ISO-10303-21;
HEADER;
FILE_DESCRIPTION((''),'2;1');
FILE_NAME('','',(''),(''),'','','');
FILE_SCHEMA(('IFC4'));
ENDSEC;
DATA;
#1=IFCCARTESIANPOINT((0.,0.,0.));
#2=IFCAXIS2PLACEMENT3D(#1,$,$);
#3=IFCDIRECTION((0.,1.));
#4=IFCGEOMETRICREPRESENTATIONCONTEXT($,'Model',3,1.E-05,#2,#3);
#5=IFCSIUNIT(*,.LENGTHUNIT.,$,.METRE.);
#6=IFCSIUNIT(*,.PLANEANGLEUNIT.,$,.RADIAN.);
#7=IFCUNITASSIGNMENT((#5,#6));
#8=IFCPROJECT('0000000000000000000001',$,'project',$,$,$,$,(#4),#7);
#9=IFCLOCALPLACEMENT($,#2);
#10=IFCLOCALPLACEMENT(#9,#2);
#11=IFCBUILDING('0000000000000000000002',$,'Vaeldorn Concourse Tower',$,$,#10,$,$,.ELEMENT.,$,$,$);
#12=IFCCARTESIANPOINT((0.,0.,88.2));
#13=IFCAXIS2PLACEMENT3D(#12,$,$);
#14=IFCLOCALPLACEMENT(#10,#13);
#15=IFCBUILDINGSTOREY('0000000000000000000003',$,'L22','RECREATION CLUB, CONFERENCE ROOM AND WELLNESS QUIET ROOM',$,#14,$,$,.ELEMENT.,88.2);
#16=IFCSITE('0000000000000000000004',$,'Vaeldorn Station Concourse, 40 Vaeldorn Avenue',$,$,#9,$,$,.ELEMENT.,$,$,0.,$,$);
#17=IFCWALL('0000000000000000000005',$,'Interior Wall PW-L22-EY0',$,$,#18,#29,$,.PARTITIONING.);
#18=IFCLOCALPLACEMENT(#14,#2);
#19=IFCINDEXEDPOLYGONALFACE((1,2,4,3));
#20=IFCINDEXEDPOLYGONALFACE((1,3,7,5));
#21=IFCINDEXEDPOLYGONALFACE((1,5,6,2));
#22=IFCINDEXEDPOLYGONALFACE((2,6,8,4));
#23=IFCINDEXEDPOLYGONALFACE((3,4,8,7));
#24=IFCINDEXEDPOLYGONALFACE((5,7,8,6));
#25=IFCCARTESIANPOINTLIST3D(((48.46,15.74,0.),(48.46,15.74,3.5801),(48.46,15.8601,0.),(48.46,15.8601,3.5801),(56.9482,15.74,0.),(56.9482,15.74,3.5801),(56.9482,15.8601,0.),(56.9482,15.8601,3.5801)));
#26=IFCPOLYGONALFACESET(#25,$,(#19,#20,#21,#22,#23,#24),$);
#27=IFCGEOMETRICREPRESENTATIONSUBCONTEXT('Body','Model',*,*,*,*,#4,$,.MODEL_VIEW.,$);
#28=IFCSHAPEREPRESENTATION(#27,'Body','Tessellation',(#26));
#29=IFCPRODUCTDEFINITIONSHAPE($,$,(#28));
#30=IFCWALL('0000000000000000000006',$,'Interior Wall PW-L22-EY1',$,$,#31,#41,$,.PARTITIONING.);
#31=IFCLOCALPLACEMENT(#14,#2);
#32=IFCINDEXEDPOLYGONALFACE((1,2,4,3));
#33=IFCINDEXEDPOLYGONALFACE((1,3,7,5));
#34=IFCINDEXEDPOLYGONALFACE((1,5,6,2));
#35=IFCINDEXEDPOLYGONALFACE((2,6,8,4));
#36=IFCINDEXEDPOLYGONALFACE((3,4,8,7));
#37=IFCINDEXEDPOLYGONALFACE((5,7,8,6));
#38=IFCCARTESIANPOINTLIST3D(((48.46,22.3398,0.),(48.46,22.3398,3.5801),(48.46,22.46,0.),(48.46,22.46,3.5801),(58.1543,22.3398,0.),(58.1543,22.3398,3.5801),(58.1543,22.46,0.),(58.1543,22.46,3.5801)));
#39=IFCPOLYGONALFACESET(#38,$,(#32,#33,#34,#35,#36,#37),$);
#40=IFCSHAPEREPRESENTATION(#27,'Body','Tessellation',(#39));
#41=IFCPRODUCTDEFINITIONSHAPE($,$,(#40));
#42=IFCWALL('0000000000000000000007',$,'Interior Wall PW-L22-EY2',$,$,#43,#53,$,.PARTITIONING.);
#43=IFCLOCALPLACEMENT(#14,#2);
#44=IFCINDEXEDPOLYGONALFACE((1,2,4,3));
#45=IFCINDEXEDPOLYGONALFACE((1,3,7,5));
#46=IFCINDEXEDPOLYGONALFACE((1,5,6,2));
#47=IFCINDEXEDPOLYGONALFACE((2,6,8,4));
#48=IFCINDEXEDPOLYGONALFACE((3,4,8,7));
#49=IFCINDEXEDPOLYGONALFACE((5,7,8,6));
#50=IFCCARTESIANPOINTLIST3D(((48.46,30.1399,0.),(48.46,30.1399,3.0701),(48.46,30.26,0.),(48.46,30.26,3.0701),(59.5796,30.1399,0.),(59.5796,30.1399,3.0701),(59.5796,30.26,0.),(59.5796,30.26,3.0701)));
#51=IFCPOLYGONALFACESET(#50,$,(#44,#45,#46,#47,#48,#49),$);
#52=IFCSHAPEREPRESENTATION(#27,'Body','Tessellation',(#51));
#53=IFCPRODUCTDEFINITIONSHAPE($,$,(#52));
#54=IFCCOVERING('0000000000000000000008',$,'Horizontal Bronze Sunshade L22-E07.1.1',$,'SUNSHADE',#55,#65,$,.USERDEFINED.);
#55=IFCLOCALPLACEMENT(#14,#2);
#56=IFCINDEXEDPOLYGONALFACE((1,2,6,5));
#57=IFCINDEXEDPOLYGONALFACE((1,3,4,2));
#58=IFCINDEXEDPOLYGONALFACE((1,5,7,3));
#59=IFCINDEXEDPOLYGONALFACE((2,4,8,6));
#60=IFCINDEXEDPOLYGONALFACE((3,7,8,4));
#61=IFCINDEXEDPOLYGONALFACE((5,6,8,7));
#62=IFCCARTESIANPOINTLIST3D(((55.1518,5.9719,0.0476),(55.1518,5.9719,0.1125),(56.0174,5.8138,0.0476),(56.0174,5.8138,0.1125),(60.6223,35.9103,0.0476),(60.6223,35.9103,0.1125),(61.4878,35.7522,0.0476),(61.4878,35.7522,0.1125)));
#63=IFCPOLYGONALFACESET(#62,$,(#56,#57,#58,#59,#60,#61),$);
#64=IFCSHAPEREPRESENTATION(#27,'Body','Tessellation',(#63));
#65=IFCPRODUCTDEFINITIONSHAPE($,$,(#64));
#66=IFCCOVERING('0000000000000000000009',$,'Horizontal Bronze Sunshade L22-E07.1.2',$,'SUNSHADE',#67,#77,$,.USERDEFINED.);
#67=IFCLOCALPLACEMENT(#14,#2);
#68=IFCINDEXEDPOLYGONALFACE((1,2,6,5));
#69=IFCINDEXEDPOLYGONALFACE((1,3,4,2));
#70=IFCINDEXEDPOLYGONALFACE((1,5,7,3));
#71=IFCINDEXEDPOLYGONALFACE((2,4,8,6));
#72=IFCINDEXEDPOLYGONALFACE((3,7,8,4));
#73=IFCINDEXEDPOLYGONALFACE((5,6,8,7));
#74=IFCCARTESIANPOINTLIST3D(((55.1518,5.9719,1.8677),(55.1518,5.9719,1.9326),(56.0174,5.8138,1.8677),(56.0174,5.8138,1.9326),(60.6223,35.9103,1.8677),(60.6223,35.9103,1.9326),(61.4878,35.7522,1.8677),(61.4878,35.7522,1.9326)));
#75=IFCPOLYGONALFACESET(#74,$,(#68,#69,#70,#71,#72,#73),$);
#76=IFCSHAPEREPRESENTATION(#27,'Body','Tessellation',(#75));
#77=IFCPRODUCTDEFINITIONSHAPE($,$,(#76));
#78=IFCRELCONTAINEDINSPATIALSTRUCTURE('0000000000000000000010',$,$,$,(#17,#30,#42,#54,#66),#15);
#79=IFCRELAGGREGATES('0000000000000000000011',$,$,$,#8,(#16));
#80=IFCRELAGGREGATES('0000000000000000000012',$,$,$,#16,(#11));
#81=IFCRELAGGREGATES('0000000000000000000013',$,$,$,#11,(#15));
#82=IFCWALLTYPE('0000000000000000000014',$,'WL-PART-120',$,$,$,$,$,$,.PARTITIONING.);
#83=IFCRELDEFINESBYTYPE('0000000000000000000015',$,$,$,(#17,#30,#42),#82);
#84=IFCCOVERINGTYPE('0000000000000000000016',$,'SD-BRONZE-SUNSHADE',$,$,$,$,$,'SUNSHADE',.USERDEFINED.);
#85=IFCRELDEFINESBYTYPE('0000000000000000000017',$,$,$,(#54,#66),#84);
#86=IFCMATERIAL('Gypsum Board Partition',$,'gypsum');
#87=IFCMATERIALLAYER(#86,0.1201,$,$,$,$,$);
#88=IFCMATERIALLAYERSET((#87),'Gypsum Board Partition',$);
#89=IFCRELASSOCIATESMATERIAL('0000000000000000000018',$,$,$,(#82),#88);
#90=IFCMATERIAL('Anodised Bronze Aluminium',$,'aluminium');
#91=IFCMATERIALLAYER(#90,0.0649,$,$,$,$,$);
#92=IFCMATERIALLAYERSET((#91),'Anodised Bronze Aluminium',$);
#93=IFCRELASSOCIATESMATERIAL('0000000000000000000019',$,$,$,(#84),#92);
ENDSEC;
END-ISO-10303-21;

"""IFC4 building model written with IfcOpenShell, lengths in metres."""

from ifc_helpers import new_model, si_unit, direction, frame, frame_2d, origin, origin_2d, place, context, subcontext, project, spatial, rectangle, extrude, source, transform, mapped, material, layer, layer_set, type_object, element, save


model = new_model("IFC4")

# Units and contexts
model_context = context("Model", 3, precision=1e-05, world=origin(), true_north=direction((0.0, 1.0)))
body_context = subcontext(model_context, "Body", "Model", "MODEL_VIEW")
ifc_project = project(units=[si_unit("LENGTHUNIT", "METRE"), si_unit("PLANEANGLEUNIT", "RADIAN")], contexts=[model_context])

# Site, building, storey
site_placement = place(None, origin())
site = spatial("IfcSite", under=ifc_project, at=site_placement, Name="Vaeldorn Station Concourse, 40 Vaeldorn Avenue", CompositionType="ELEMENT", RefElevation=0.0)
building_placement = place(site_placement, origin())
building = spatial("IfcBuilding", under=site, at=building_placement, Name="Vaeldorn Concourse Tower", CompositionType="ELEMENT")
storey_placement = place(building_placement, frame((0.0, 0.0, 88.2)))
storey = spatial("IfcBuildingStorey", under=building, at=storey_placement, Name="L22", Description="RECREATION CLUB, CONFERENCE ROOM AND WELLNESS QUIET ROOM", CompositionType="ELEMENT", Elevation=88.2)

# Shared definitions
ifc_material_1 = material(Name="Anodised Bronze Aluminium", Category="aluminium")

# Shared definitions
ifc_material_2 = material(Name="Gypsum Board Partition", Category="gypsum")
ifc_layer_1 = layer(ifc_material_2, 0.1201)
ifc_layer_set_1 = layer_set([ifc_layer_1], Name="Gypsum Board Partition")
wall_type = type_object("IfcWallType", Name="WL-PART-120", PredefinedType="PARTITIONING", material=ifc_layer_set_1)

# Walls
wall_1_placement = place(storey_placement, frame((48.46, 15.8, 0.0), z_axis=(0.0, 0.0, 1.0), x_axis=(1.0, 0.0, 0.0)))
element("IfcWall", 1, at=wall_1_placement, inside=storey, type_object=wall_type, Name="Interior Wall PW-L22-EY0", PredefinedType="PARTITIONING", context=body_context, shape_type="SweptSolid", body=[
    extrude(rectangle(XDim=8.4883, YDim=0.1201, at=frame_2d((4.2441, 0.0))), origin(), (0.0, 0.0, 1.0), 3.5801),
])
wall_2_placement = place(storey_placement, frame((48.46, 22.3999, 0.0), z_axis=(0.0, 0.0, 1.0), x_axis=(1.0, 0.0, 0.0)))
element("IfcWall", 2, at=wall_2_placement, inside=storey, type_object=wall_type, Name="Interior Wall PW-L22-EY1", PredefinedType="PARTITIONING", context=body_context, shape_type="SweptSolid", body=[
    extrude(rectangle(XDim=9.6943, YDim=0.1201, at=frame_2d((4.8472, 0.0))), origin(), (0.0, 0.0, 1.0), 3.5801),
])
wall_3_placement = place(storey_placement, frame((48.46, 30.2, 0.0), z_axis=(0.0, 0.0, 1.0), x_axis=(1.0, 0.0, 0.0)))
element("IfcWall", 3, at=wall_3_placement, inside=storey, type_object=wall_type, Name="Interior Wall PW-L22-EY2", PredefinedType="PARTITIONING", context=body_context, shape_type="SweptSolid", body=[
    extrude(rectangle(XDim=11.1196, YDim=0.1201, at=frame_2d((5.5598, 0.0))), origin(), (0.0, 0.0, 1.0), 3.0701),
])

# Coverings
ifc_layer_2 = layer(ifc_material_1, 0.0649)
ifc_layer_set_2 = layer_set([ifc_layer_2], Name="Anodised Bronze Aluminium")
covering_type = type_object("IfcCoveringType", Name="SD-BRONZE-SUNSHADE", ElementType="SUNSHADE", PredefinedType="USERDEFINED", material=ifc_layer_set_2)
shared_shape_1 = source(origin(), body_context, "Body", "SweptSolid", [
    extrude(rectangle(XDim=30.4341, YDim=0.8799, at=origin_2d()), origin(), (0.0, 0.0, 1.0), 0.0649),
])
for number, where, z_axis, x_axis, name in (
    (4, (58.3198, 20.8621, 0.0476), (0.0, 0.0, 1.0), (0.179747, 0.983713, 0.0), "Horizontal Bronze Sunshade L22-E07.1.1"),
    (5, (58.3198, 20.8621, 1.8677), (0.0, 0.0, 1.0), (0.179747, 0.983713, 0.0), "Horizontal Bronze Sunshade L22-E07.1.2"),
):
    element("IfcCovering", number, at=place(storey_placement, frame(where, z_axis=z_axis, x_axis=x_axis)), inside=storey, type_object=covering_type, Name=name, ObjectType="SUNSHADE", PredefinedType="USERDEFINED", context=body_context, shape_type="MappedRepresentation", body=[
        mapped(shared_shape_1, transform((0.0, 0.0, 0.0), scale=1.0)),
    ])

save(model, "model.ifc")
